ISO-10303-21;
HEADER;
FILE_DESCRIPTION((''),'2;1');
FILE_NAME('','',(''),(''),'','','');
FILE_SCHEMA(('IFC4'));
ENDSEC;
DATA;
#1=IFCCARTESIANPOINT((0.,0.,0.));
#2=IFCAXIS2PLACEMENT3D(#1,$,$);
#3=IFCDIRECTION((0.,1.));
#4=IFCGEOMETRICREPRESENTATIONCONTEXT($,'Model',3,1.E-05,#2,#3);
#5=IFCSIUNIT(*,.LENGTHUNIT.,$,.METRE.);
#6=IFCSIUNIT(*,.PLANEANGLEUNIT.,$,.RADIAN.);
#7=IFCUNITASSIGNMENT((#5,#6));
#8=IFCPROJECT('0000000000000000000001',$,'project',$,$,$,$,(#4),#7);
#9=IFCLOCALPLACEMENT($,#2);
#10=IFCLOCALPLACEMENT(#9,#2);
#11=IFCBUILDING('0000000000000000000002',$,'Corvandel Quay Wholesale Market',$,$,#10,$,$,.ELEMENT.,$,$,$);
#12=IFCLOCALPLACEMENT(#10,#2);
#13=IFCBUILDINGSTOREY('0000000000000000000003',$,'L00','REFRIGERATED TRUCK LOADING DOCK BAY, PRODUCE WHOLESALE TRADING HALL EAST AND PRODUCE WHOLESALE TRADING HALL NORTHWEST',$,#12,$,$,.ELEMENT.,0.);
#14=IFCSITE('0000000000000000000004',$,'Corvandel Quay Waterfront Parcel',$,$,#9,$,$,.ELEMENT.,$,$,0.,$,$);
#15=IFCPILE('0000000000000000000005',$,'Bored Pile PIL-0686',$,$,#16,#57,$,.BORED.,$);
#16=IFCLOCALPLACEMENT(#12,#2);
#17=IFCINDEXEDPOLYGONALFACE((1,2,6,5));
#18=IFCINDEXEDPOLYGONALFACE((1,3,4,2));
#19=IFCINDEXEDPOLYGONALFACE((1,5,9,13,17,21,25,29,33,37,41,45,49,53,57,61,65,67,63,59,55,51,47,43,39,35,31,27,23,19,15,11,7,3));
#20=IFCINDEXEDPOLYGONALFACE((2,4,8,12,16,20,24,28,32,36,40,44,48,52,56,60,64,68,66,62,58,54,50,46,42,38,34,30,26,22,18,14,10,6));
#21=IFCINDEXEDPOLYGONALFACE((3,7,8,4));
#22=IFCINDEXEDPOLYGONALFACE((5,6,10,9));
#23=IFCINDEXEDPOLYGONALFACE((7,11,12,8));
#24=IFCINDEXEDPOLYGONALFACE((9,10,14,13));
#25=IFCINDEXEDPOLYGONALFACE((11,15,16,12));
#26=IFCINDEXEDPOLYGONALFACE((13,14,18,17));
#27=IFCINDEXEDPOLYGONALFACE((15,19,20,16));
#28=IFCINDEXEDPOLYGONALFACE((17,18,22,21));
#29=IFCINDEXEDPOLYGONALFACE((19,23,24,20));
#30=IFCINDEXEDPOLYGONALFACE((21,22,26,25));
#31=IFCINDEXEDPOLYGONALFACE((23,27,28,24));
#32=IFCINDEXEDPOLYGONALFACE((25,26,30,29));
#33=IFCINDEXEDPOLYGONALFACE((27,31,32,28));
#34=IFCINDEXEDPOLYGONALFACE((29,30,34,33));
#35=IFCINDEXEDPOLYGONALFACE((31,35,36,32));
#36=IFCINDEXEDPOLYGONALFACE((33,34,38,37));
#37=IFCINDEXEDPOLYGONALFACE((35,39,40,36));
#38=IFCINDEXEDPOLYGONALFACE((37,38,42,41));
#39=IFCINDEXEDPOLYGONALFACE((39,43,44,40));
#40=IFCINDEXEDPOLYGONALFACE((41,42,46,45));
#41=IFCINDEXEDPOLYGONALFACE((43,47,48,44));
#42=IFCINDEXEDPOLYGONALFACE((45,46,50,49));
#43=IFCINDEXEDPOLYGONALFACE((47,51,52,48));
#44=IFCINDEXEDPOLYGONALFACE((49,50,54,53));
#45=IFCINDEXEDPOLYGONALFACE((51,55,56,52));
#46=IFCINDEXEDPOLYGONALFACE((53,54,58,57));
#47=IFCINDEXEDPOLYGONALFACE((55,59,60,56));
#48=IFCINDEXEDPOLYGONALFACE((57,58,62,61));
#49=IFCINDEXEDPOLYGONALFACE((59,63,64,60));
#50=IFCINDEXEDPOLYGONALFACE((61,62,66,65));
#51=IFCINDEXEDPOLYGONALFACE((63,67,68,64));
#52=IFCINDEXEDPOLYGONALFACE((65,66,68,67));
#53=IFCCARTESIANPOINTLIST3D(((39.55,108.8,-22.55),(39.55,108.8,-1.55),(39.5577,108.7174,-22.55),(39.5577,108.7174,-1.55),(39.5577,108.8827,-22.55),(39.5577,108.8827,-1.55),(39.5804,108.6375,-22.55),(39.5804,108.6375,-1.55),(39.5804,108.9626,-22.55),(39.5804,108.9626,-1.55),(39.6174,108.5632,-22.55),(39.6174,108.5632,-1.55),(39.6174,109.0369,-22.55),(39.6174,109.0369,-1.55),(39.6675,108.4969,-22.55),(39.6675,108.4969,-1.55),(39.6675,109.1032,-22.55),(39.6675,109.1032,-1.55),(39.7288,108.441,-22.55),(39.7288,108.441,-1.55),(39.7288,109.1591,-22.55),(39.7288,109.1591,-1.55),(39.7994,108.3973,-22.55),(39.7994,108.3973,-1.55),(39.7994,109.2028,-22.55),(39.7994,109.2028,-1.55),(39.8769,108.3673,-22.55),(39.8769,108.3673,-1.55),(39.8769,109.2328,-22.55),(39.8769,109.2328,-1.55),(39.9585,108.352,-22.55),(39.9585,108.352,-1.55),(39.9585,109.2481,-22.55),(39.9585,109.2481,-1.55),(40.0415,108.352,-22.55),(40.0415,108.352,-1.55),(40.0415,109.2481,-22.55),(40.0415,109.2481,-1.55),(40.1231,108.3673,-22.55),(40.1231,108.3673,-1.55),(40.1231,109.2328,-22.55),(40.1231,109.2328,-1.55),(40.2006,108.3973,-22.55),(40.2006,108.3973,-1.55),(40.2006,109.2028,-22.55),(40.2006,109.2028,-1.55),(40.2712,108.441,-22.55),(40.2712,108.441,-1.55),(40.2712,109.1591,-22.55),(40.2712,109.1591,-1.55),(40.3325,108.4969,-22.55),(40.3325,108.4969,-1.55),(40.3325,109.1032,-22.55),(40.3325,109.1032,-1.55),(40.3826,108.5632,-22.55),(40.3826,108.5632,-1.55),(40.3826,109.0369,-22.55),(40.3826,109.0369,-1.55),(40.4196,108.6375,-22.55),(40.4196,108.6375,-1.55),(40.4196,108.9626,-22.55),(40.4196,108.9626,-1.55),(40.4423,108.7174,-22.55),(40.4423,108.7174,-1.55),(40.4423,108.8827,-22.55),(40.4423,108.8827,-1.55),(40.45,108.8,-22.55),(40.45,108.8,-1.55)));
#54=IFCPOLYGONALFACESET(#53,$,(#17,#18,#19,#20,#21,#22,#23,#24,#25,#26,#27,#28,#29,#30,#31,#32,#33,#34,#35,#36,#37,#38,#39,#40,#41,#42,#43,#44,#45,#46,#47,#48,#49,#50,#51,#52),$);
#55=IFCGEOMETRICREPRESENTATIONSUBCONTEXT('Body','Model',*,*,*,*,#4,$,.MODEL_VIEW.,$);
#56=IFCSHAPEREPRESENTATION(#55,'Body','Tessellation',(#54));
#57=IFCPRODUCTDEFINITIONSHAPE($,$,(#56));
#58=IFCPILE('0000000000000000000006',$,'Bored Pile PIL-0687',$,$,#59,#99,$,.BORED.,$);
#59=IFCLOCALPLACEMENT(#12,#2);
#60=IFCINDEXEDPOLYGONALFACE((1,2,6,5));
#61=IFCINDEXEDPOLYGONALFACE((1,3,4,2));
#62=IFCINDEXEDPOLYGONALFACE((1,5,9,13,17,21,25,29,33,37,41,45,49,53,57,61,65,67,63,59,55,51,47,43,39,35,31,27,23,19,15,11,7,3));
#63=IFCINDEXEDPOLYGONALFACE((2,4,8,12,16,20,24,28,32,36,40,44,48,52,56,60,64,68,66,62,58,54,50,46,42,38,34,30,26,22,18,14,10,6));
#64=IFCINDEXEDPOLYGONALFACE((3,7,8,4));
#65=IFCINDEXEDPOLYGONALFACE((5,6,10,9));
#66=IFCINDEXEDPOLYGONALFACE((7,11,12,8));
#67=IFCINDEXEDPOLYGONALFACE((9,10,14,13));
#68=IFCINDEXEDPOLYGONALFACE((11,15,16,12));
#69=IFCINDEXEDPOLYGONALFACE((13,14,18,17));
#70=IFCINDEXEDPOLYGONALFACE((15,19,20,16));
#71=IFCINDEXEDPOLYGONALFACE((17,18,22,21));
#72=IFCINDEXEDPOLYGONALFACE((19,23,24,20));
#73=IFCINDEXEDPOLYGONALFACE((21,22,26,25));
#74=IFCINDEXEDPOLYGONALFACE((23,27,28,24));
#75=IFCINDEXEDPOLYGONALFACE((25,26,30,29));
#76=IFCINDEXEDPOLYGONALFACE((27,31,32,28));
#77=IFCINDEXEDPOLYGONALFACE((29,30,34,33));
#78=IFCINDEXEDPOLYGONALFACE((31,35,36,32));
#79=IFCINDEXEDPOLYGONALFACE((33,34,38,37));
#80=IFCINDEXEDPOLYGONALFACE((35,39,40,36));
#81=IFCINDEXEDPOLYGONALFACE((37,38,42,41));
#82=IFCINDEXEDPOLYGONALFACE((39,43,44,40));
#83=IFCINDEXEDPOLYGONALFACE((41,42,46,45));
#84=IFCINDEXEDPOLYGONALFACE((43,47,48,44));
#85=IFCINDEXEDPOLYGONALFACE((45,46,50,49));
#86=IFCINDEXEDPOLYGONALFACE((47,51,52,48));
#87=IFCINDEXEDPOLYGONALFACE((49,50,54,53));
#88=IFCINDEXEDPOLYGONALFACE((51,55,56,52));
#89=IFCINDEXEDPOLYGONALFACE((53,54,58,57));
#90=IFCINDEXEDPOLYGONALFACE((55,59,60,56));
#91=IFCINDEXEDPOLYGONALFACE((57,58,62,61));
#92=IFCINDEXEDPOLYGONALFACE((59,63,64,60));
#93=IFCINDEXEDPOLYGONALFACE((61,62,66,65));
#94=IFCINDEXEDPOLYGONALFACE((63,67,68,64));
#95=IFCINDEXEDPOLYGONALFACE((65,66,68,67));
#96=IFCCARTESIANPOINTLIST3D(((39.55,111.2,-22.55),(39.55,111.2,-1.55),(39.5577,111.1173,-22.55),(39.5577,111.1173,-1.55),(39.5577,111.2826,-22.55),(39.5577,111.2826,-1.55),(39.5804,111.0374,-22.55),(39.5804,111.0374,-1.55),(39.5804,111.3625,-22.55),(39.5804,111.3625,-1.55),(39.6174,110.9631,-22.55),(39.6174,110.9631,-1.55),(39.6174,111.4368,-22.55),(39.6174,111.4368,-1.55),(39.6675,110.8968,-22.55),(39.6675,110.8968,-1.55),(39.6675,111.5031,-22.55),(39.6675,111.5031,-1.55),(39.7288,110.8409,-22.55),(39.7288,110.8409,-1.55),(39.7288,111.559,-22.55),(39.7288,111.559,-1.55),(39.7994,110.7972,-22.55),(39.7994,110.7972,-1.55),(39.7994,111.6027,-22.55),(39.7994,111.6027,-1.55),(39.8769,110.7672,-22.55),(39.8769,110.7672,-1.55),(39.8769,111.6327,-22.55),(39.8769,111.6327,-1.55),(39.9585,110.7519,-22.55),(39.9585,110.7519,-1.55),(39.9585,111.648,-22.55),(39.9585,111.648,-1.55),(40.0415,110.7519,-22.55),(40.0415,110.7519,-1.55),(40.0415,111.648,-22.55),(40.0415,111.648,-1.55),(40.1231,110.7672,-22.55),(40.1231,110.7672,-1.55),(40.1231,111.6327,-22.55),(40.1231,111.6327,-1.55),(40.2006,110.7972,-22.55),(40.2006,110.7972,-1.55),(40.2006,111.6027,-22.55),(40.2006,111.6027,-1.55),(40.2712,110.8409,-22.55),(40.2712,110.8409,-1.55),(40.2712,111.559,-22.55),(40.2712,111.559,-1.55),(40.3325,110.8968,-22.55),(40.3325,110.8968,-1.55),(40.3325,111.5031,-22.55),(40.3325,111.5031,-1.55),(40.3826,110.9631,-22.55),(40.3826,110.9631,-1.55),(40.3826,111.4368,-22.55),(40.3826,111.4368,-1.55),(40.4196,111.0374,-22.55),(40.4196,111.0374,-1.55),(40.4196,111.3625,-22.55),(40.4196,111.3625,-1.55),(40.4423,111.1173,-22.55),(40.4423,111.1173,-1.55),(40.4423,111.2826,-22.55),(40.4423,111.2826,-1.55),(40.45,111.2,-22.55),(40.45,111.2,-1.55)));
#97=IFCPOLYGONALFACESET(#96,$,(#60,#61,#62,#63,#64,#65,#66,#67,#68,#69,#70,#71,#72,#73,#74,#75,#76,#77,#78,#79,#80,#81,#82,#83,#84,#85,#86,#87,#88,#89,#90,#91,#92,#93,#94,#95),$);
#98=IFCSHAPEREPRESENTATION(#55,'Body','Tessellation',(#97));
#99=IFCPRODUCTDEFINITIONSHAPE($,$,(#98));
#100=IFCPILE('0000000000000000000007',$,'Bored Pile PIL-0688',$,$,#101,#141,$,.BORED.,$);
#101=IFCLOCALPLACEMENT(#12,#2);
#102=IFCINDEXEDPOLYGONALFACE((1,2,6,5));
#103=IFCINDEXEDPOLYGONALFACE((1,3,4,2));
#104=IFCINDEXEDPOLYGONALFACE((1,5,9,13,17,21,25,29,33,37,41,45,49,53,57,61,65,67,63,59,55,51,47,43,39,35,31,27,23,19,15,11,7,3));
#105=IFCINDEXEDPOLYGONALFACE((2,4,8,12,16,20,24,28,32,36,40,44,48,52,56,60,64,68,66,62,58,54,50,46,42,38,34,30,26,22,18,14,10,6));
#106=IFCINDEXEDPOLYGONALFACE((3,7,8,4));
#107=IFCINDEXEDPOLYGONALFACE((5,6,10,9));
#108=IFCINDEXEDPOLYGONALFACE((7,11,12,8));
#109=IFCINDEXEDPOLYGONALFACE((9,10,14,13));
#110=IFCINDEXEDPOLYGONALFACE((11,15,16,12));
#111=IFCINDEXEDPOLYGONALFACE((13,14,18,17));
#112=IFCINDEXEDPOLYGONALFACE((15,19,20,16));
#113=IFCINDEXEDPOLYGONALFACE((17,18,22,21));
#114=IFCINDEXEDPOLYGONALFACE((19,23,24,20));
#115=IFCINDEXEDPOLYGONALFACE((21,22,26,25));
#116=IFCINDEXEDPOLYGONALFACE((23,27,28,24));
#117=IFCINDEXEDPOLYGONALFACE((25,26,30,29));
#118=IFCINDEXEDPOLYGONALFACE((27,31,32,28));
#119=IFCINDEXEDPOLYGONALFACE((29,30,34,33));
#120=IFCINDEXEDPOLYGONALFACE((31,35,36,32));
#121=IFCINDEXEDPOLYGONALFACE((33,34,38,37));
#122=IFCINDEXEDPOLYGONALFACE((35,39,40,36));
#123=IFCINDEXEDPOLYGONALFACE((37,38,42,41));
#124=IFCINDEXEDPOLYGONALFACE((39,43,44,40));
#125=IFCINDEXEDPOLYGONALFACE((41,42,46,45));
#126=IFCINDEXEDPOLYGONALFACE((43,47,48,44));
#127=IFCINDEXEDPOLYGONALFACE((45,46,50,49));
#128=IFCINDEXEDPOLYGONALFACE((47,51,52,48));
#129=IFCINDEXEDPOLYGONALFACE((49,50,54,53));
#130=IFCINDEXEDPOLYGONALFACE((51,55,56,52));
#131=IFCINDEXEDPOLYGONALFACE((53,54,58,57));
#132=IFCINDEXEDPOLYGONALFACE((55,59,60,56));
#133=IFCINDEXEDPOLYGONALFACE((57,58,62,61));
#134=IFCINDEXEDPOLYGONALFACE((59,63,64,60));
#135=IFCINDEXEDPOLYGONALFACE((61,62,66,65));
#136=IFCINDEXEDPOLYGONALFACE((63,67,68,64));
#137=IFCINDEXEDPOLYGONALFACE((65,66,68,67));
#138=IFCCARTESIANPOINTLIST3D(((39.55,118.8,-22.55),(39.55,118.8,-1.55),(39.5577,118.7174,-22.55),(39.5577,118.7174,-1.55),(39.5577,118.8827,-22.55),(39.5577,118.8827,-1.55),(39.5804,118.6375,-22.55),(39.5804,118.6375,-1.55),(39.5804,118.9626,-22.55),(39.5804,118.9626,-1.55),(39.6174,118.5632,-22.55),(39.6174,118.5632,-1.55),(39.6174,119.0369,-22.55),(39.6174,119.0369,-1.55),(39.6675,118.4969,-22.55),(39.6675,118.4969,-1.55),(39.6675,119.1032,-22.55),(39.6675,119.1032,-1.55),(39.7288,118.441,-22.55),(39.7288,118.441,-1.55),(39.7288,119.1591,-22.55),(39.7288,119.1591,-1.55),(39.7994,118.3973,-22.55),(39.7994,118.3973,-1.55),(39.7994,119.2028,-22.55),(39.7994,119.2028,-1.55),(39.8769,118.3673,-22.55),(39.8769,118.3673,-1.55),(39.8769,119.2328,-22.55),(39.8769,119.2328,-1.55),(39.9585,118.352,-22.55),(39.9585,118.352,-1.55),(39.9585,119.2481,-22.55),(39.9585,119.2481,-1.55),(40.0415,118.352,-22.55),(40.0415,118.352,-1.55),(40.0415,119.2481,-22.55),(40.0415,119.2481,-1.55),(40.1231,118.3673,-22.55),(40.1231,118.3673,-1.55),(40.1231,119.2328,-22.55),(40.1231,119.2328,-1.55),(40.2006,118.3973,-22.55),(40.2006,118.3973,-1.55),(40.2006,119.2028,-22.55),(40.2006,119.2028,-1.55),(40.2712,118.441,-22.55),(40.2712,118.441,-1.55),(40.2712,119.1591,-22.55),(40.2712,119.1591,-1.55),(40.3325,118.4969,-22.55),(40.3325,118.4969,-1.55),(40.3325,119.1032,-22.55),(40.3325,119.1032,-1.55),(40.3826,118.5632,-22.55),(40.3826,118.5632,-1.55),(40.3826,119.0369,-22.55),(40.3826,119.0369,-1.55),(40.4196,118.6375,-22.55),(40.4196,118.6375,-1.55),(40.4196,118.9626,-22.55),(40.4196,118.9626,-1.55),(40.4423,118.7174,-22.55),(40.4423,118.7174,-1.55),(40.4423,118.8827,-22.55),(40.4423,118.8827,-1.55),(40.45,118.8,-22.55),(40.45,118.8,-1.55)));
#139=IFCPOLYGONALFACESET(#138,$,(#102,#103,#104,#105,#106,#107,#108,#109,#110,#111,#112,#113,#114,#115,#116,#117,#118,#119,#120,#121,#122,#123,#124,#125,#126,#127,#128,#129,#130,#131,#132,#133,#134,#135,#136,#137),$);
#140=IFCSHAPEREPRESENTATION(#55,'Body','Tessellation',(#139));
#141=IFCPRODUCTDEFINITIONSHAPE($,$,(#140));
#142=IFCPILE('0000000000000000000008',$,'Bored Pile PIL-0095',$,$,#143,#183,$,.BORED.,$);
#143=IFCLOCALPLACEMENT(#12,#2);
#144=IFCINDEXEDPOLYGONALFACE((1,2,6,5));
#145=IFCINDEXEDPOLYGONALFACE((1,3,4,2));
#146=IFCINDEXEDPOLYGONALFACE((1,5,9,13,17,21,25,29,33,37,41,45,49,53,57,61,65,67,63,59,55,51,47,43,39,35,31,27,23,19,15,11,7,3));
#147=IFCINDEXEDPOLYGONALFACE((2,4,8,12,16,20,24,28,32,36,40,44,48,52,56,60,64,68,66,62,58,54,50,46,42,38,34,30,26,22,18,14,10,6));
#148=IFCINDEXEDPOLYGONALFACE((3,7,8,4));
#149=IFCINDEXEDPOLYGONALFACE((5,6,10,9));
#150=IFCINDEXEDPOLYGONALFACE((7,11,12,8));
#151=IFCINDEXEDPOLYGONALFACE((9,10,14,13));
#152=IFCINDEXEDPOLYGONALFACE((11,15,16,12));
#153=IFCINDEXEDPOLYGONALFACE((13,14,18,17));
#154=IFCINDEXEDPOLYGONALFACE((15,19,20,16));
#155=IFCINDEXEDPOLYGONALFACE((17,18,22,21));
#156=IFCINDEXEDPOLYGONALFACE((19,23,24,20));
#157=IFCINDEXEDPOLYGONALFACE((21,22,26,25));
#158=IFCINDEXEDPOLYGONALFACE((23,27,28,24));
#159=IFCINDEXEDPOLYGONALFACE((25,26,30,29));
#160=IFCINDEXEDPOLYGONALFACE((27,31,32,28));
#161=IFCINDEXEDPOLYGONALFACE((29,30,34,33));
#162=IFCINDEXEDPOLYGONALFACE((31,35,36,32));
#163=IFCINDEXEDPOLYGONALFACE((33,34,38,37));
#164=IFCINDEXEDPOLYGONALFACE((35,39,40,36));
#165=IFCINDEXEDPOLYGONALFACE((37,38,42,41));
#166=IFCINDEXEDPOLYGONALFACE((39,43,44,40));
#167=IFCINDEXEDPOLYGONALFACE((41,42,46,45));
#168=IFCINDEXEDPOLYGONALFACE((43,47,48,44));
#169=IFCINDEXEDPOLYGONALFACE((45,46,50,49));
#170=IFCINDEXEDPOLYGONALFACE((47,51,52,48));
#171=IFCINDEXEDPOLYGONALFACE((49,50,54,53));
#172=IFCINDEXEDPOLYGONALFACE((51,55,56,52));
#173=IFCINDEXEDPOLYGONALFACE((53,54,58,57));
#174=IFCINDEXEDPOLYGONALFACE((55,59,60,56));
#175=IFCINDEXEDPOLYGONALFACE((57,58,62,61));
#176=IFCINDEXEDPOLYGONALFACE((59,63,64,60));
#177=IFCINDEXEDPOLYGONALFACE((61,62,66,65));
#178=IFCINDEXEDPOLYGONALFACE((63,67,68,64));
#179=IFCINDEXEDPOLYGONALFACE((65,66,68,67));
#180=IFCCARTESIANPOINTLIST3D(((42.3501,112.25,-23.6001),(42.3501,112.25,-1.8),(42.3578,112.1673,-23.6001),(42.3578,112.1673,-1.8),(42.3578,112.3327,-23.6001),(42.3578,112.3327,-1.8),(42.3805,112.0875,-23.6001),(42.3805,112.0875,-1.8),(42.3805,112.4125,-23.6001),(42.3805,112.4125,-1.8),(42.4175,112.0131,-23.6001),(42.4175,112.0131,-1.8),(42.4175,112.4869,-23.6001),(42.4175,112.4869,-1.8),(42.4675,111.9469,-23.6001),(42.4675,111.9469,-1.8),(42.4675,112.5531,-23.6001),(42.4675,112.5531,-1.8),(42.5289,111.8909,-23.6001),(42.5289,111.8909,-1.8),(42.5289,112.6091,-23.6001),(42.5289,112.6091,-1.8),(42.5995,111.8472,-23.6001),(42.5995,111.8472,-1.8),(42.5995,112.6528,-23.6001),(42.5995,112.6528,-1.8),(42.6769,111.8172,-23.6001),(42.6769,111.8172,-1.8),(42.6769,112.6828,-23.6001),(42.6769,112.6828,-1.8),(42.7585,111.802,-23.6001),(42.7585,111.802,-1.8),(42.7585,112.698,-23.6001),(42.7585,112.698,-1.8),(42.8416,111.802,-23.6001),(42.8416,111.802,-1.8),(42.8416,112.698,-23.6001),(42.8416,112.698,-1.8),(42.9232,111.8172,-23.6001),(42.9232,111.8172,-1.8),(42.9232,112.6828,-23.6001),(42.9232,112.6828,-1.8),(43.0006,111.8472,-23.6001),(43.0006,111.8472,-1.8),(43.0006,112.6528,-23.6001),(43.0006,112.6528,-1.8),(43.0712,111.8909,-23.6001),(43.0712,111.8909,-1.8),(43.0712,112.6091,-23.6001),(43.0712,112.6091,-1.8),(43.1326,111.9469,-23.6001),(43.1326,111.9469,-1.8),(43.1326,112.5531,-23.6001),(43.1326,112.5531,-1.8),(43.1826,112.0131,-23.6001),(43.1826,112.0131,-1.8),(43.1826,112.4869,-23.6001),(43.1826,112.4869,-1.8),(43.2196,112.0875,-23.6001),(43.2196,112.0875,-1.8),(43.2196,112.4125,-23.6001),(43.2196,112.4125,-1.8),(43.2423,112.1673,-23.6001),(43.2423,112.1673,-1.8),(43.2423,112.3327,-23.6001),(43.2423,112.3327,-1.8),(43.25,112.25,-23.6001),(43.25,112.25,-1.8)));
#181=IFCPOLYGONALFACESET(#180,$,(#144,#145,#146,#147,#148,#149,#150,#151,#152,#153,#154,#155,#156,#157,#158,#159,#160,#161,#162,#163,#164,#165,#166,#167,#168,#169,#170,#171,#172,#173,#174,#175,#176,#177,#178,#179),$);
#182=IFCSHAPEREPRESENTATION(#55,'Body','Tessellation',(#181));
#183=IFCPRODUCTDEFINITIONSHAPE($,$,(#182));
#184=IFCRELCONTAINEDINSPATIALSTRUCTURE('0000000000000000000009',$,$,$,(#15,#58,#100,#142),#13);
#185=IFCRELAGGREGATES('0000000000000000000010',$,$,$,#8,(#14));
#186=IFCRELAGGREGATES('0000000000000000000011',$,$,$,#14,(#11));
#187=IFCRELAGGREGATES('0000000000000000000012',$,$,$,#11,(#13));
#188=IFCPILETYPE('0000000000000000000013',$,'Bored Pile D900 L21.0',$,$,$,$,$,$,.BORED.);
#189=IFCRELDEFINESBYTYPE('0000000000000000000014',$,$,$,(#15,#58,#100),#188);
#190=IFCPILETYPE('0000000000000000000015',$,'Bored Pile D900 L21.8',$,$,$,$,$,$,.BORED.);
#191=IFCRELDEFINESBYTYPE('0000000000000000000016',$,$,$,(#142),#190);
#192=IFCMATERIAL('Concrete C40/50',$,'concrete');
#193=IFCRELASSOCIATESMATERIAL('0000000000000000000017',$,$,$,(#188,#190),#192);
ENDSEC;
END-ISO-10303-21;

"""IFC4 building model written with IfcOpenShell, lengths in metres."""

from ifc_helpers import new_model, si_unit, direction, frame, origin, origin_2d, place, context, subcontext, project, spatial, circle, extrude, material, material_profile, profile_set, type_object, element, save


model = new_model("IFC4")

# Units and contexts
model_context = context("Model", 3, precision=1e-05, world=origin(), true_north=direction((0.0, 1.0)))
body_context = subcontext(model_context, "Body", "Model", "MODEL_VIEW")
ifc_project = project(units=[si_unit("LENGTHUNIT", "METRE"), si_unit("PLANEANGLEUNIT", "RADIAN")], contexts=[model_context])

# Site, building, storey
site_placement = place(None, origin())
site = spatial("IfcSite", under=ifc_project, at=site_placement, Name="Corvandel Quay Waterfront Parcel", CompositionType="ELEMENT", RefElevation=0.0)
building_placement = place(site_placement, origin())
building = spatial("IfcBuilding", under=site, at=building_placement, Name="Corvandel Quay Wholesale Market", CompositionType="ELEMENT")
storey_placement = place(building_placement, origin())
storey = spatial("IfcBuildingStorey", under=building, at=storey_placement, Name="L00", Description="REFRIGERATED TRUCK LOADING DOCK BAY, PRODUCE WHOLESALE TRADING HALL EAST AND PRODUCE WHOLESALE TRADING HALL NORTHWEST", CompositionType="ELEMENT", Elevation=0.0)

# Piles
ifc_material_1 = material(Name="Concrete C40/50", Category="concrete")
ifc_material_profile_1 = material_profile(ifc_material_1, circle(Radius=0.45, at=origin_2d()), Name="RC-PILE-D900")
ifc_profile_set_1 = profile_set([ifc_material_profile_1], Name="Concrete C40/50")
pile_type_1 = type_object("IfcPileType", Name="Bored Pile D900 L21.0", PredefinedType="BORED", material=ifc_profile_set_1)
for number, where, z_axis, x_axis, name in (
    (1, (40.0, 108.8, -1.55), (0.0, 0.0, -1.0), (1.0, 0.0, 0.0), "Bored Pile PIL-0686"),
    (2, (40.0, 111.2, -1.55), (0.0, 0.0, -1.0), (1.0, 0.0, 0.0), "Bored Pile PIL-0687"),
    (3, (40.0, 118.8, -1.55), (0.0, 0.0, -1.0), (1.0, 0.0, 0.0), "Bored Pile PIL-0688"),
):
    element("IfcPile", number, at=place(storey_placement, frame(where, z_axis=z_axis, x_axis=x_axis)), inside=storey, type_object=pile_type_1, Name=name, PredefinedType="BORED", context=body_context, shape_type="SweptSolid", body=[
        extrude(circle(Radius=0.45, at=origin_2d()), origin(), (0.0, 0.0, 1.0), 21.0),
    ])
ifc_material_profile_2 = material_profile(ifc_material_1, circle(Radius=0.45, at=origin_2d()), Name="RC-PILE-D900")
ifc_profile_set_2 = profile_set([ifc_material_profile_2], Name="Concrete C40/50")
pile_type_2 = type_object("IfcPileType", Name="Bored Pile D900 L21.8", PredefinedType="BORED", material=ifc_profile_set_2)
for number, where, z_axis, x_axis, name in (
    (4, (42.8, 112.25, -1.8), (0.0, 0.0, -1.0), (1.0, 0.0, 0.0), "Bored Pile PIL-0095"),
):
    element("IfcPile", number, at=place(storey_placement, frame(where, z_axis=z_axis, x_axis=x_axis)), inside=storey, type_object=pile_type_2, Name=name, PredefinedType="BORED", context=body_context, shape_type="SweptSolid", body=[
        extrude(circle(Radius=0.45, at=origin_2d()), origin(), (0.0, 0.0, 1.0), 21.8),
    ])

save(model, "model.ifc")
